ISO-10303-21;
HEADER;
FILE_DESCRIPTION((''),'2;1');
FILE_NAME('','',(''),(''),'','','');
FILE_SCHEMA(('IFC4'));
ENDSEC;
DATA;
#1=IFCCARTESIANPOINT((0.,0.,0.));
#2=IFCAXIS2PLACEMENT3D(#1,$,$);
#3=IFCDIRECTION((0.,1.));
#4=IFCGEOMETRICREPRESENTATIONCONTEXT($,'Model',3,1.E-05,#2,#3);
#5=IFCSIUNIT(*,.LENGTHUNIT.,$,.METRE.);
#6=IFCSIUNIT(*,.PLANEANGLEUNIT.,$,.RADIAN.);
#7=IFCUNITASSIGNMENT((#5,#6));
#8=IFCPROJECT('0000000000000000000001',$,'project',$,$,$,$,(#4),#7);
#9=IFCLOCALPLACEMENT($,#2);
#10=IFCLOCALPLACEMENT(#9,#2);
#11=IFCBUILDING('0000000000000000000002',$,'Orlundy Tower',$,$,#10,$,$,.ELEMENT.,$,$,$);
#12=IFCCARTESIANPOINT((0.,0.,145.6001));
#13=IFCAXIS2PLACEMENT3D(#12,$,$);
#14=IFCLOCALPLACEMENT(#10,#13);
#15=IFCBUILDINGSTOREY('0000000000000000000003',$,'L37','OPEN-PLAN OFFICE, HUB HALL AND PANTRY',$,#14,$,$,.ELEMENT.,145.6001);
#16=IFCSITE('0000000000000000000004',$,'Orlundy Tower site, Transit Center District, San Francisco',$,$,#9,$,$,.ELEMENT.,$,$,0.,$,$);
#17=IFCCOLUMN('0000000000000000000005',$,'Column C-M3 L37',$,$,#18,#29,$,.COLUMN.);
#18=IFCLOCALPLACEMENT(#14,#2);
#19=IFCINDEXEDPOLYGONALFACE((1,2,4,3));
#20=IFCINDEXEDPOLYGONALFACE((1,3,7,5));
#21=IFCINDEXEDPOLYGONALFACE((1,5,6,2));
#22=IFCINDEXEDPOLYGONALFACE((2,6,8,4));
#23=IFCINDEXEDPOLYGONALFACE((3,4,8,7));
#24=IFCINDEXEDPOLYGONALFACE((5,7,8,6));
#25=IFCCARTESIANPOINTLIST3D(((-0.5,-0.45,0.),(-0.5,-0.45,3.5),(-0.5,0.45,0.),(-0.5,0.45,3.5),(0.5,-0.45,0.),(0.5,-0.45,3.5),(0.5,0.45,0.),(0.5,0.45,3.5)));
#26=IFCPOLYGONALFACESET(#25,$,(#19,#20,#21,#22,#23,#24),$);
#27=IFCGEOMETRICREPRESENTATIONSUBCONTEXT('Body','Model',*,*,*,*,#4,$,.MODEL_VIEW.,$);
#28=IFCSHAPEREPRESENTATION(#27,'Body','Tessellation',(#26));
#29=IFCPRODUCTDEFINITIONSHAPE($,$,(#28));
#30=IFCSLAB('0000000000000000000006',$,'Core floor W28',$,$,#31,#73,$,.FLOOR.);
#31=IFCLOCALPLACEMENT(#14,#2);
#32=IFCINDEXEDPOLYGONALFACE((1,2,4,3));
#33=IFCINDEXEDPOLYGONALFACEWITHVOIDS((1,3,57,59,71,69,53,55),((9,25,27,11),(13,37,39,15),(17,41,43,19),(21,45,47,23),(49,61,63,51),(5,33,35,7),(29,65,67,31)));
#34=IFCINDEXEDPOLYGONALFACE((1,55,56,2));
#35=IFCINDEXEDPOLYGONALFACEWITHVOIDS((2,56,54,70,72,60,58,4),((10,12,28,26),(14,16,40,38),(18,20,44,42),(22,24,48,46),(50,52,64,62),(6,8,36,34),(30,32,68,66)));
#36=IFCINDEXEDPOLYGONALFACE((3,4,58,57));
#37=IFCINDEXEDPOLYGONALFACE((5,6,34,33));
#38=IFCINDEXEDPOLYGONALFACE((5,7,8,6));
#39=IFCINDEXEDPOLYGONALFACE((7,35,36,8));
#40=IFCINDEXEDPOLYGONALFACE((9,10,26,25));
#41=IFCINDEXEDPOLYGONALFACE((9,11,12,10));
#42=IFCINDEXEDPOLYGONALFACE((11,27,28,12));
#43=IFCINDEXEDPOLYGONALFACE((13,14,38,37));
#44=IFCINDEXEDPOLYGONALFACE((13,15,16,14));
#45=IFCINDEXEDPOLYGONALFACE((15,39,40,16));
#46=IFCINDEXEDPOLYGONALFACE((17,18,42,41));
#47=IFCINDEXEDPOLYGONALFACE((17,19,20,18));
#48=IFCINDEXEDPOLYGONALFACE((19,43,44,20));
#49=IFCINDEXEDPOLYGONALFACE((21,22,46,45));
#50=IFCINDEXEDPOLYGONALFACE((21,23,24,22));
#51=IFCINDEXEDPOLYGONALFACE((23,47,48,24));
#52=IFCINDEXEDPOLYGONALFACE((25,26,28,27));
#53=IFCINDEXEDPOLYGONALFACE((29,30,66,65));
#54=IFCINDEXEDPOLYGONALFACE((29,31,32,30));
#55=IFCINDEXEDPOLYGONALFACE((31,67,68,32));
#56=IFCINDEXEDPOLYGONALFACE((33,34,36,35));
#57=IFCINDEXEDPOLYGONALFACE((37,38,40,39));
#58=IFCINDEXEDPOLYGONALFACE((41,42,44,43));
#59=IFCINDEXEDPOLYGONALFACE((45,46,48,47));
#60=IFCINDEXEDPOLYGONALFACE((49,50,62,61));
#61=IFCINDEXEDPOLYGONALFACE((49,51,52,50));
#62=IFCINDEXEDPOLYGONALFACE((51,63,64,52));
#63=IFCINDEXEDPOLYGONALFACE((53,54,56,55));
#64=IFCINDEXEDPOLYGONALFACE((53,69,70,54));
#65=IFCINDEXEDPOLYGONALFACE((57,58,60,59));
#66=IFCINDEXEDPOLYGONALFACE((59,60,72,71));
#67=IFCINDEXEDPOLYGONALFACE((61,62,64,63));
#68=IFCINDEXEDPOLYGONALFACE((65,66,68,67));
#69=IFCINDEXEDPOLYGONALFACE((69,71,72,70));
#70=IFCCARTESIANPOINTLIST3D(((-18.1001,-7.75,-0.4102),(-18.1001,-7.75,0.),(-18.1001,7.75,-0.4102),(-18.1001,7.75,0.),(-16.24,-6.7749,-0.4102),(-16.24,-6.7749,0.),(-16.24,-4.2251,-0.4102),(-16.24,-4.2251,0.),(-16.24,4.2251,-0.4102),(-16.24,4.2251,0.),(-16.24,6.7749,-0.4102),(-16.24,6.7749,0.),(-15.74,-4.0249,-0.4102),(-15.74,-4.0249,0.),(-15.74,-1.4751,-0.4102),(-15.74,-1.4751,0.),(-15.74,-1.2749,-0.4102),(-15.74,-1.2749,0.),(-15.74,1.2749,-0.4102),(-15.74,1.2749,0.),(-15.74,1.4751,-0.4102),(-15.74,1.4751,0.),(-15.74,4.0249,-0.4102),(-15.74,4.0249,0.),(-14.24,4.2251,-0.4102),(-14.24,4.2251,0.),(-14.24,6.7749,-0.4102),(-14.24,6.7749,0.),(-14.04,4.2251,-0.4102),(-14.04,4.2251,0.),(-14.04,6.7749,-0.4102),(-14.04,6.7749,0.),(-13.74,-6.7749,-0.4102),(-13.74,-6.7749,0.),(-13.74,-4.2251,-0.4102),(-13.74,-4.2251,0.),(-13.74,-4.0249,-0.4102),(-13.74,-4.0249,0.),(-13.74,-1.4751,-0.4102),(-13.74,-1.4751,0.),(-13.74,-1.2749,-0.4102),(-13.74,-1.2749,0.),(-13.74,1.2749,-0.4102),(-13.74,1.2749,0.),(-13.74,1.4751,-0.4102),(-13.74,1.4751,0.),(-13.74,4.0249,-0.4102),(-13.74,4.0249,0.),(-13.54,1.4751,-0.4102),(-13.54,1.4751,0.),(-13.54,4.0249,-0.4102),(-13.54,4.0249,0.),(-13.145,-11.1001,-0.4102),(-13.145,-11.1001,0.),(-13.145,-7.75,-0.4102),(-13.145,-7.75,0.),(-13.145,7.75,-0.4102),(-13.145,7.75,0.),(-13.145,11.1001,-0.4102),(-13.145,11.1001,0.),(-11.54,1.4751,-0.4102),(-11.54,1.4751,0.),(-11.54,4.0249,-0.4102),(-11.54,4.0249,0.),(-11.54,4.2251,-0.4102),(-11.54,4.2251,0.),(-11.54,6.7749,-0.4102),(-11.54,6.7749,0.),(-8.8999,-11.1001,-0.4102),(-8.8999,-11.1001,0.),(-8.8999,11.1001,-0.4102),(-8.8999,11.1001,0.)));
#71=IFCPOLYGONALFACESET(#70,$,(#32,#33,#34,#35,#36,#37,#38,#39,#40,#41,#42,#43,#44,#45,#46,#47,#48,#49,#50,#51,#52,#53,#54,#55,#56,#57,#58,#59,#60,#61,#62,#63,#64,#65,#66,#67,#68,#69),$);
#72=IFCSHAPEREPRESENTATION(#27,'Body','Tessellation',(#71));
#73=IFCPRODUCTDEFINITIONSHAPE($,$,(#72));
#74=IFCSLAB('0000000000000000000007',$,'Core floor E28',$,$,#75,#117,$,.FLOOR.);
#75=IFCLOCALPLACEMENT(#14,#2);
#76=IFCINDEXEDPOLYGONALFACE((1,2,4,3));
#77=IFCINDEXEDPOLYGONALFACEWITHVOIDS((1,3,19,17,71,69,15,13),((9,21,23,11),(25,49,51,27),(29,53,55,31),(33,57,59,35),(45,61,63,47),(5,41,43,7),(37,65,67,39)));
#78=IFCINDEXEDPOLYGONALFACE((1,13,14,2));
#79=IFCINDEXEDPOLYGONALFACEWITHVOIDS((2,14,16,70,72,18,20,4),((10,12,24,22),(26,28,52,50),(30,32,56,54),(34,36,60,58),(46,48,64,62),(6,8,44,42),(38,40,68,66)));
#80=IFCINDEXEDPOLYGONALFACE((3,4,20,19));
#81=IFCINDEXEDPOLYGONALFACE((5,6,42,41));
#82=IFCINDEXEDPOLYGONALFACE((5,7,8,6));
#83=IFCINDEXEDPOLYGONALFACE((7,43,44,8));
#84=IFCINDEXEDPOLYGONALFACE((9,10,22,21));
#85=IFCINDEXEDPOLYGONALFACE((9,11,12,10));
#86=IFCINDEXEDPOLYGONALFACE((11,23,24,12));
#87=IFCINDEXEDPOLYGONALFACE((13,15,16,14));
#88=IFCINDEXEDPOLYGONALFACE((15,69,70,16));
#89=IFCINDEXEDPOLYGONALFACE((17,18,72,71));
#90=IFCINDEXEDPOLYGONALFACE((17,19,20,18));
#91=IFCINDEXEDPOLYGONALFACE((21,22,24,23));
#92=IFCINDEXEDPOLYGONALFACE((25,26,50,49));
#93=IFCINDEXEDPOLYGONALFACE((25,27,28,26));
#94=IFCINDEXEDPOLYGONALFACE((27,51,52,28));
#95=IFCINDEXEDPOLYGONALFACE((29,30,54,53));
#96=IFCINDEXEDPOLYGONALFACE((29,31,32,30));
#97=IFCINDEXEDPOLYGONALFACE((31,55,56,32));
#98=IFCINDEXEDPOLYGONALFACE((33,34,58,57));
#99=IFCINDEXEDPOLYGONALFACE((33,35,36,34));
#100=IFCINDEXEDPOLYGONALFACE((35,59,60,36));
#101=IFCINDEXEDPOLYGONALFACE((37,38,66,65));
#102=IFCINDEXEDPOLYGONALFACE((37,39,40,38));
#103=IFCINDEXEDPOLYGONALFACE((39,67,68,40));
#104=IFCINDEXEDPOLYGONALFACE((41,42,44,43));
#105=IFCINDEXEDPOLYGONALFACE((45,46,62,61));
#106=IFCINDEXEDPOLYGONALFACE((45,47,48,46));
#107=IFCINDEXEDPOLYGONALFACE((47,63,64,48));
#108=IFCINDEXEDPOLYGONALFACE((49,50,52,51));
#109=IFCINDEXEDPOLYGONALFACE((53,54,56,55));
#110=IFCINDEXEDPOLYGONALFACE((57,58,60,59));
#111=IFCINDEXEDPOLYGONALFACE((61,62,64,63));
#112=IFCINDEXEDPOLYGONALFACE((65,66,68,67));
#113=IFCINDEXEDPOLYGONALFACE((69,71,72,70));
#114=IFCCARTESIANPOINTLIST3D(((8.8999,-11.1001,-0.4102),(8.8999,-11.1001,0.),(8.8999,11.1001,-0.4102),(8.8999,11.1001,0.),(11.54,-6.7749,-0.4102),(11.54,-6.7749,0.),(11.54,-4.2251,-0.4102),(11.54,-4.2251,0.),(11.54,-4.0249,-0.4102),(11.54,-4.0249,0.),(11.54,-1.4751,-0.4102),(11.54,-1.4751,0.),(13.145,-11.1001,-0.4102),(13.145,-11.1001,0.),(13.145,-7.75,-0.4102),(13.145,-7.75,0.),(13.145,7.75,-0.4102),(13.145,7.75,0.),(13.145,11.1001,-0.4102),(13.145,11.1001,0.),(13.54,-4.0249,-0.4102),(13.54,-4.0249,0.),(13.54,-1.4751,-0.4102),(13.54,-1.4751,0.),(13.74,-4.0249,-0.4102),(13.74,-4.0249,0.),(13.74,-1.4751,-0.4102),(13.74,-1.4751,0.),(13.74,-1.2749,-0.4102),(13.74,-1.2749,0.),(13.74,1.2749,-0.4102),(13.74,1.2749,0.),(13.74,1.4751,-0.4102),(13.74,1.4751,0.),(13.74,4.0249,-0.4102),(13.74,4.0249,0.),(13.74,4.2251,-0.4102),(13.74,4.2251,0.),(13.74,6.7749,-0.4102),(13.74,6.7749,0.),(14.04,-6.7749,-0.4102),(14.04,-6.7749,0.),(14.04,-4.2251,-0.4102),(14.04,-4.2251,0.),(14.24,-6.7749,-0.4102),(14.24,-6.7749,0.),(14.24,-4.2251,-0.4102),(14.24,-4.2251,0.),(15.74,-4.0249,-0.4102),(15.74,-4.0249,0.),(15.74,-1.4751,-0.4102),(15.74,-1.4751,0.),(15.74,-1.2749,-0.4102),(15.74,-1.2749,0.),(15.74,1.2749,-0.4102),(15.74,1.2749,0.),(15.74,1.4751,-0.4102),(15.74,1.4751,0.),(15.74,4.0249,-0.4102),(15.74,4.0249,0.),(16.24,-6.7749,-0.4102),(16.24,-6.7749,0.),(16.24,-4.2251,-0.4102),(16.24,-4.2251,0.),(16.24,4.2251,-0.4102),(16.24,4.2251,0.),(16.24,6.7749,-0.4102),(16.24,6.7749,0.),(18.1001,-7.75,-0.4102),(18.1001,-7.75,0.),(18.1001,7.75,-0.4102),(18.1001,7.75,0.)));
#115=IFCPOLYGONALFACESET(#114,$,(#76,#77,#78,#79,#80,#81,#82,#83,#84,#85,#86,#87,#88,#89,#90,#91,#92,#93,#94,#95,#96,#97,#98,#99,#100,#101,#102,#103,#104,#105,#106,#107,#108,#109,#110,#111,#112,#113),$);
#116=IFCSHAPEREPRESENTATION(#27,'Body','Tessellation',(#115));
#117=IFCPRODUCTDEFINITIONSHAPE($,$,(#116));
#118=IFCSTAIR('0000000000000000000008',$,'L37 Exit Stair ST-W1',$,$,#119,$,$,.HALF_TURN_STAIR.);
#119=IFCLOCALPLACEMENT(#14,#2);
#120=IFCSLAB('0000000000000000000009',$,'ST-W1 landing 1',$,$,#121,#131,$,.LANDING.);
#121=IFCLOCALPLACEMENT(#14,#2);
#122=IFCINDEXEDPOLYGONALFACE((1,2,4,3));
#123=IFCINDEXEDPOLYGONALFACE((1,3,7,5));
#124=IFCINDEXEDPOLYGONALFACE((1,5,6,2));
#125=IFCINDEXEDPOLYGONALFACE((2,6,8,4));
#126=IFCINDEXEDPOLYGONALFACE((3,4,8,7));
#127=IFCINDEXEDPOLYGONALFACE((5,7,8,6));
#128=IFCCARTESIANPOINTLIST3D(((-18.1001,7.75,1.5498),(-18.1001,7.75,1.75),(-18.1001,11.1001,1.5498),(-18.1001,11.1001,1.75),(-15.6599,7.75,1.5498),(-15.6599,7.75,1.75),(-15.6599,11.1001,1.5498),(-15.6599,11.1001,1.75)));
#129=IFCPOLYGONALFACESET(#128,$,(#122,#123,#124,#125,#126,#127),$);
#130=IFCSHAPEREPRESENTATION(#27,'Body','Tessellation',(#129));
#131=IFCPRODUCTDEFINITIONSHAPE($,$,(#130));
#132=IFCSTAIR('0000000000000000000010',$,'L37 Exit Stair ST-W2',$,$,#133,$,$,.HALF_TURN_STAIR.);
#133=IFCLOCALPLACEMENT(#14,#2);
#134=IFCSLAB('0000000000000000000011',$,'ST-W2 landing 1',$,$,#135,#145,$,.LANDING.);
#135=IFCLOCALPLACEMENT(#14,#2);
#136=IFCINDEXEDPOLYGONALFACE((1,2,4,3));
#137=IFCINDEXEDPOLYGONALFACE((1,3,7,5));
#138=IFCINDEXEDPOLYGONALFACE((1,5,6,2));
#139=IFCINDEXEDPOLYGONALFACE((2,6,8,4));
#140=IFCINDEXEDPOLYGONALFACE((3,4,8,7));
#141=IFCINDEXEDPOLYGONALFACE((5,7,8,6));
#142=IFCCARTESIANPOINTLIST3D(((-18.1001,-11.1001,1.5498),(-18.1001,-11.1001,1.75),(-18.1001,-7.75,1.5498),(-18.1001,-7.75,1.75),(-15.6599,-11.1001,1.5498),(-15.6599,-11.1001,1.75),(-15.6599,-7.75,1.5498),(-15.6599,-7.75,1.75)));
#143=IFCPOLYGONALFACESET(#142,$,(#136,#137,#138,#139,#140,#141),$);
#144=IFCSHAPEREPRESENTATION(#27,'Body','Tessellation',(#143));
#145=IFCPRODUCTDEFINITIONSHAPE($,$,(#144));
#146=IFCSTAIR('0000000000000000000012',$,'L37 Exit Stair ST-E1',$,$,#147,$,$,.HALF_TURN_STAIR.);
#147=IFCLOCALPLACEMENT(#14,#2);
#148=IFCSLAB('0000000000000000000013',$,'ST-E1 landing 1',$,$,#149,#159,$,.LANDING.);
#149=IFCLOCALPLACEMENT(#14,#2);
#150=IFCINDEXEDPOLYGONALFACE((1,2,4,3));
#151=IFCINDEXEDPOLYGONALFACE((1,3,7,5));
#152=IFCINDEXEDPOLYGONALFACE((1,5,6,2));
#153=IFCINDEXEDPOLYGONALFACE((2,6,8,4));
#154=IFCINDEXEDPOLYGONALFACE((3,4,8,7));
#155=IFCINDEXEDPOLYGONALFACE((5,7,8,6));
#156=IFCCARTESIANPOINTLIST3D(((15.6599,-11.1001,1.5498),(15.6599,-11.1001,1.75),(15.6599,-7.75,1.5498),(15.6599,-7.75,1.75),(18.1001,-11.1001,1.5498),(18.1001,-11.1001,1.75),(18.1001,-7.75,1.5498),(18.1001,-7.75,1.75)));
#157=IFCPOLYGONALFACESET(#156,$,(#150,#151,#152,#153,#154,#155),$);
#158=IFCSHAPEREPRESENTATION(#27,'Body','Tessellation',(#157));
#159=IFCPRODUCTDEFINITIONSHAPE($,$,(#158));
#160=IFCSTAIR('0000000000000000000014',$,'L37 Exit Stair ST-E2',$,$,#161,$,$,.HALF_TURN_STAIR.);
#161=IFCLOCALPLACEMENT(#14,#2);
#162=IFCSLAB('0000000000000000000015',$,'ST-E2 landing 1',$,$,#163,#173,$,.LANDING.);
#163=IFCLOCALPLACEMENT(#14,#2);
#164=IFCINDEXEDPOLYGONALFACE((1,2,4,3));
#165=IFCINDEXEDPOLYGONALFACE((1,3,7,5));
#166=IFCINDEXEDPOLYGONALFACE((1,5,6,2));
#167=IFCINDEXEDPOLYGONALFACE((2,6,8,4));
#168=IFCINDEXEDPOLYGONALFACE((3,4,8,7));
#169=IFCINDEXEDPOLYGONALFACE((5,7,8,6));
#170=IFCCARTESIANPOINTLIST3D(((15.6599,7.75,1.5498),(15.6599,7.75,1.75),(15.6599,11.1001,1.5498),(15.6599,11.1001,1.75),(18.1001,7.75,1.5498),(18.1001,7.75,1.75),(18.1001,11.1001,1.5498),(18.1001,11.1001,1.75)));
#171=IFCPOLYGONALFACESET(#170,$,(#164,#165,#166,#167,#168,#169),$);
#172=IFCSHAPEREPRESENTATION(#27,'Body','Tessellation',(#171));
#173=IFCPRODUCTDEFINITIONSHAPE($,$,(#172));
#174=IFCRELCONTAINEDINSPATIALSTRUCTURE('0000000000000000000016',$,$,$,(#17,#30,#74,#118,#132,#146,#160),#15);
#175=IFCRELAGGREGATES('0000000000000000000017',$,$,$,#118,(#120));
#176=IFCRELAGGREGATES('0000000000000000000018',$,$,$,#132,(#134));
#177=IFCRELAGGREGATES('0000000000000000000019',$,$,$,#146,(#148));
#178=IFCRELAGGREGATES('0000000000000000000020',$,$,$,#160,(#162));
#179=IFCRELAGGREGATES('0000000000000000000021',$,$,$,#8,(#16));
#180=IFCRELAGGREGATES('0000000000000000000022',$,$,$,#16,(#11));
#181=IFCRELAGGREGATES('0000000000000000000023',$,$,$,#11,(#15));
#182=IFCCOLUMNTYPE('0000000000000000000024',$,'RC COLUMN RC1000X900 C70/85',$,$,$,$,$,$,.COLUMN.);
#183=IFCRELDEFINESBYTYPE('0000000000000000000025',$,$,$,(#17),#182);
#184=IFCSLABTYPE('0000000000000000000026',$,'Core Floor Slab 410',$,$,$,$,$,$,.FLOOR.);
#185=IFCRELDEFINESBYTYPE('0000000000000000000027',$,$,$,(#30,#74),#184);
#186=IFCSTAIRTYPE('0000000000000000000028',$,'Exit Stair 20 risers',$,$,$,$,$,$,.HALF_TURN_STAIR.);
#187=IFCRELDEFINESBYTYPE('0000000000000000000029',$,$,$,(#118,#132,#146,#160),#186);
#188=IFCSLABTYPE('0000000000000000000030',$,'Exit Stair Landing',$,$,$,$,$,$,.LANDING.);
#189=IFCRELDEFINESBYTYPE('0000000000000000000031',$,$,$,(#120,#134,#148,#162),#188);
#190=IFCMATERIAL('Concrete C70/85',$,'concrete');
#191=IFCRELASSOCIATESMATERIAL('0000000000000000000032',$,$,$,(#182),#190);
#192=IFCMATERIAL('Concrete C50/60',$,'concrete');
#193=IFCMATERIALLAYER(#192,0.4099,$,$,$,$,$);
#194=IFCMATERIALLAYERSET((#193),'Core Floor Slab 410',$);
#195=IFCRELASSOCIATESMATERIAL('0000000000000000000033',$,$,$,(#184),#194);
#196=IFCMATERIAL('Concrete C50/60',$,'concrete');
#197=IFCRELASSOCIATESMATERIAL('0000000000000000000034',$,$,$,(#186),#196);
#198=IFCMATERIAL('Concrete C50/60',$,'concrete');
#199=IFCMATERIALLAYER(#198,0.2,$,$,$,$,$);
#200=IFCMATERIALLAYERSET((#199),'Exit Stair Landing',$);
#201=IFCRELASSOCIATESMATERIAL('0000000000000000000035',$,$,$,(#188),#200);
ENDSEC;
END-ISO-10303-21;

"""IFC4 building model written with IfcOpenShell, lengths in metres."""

from ifc_helpers import new_model, si_unit, direction, frame, origin, origin_with_axes, origin_2d, place, context, subcontext, project, spatial, polyline, rectangle, outline, extrude, material, layer, layer_set, material_profile, profile_set, type_object, element, aggregate, save


model = new_model("IFC4")

# Units and contexts
model_context = context("Model", 3, precision=1e-05, world=origin(), true_north=direction((0.0, 1.0)))
body_context = subcontext(model_context, "Body", "Model", "MODEL_VIEW")
ifc_project = project(units=[si_unit("LENGTHUNIT", "METRE"), si_unit("PLANEANGLEUNIT", "RADIAN")], contexts=[model_context])

# Site, building, storey
site_placement = place(None, origin())
site = spatial("IfcSite", under=ifc_project, at=site_placement, Name="Orlundy Tower site, Transit Center District, San Francisco", CompositionType="ELEMENT", RefElevation=0.0)
building_placement = place(site_placement, origin())
building = spatial("IfcBuilding", under=site, at=building_placement, Name="Orlundy Tower", CompositionType="ELEMENT")
storey_placement = place(building_placement, frame((0.0, 0.0, 145.6001)))
storey = spatial("IfcBuildingStorey", under=building, at=storey_placement, Name="L37", Description="OPEN-PLAN OFFICE, HUB HALL AND PANTRY", CompositionType="ELEMENT", Elevation=145.6001)

# Column
ifc_material_1 = material(Name="Concrete C70/85", Category="concrete")
ifc_material_profile = material_profile(ifc_material_1, rectangle(XDim=1.0, YDim=0.8999, at=origin_2d()), Name="RC1000X900")
ifc_profile_set = profile_set([ifc_material_profile], Name="Concrete C70/85")
column_type = type_object("IfcColumnType", Name="RC COLUMN RC1000X900 C70/85", PredefinedType="COLUMN", material=ifc_profile_set)
column_placement = place(storey_placement, origin_with_axes())
element("IfcColumn", 1, at=column_placement, inside=storey, type_object=column_type, Name="Column C-M3 L37", PredefinedType="COLUMN", context=body_context, shape_type="SweptSolid", body=[
    extrude(rectangle(XDim=1.0, YDim=0.8999, at=origin_2d()), origin(), (0.0, 0.0, 1.0), 3.5),
])

# Slabs
ifc_material_2 = material(Name="Concrete C50/60", Category="concrete")
ifc_layer_1 = layer(ifc_material_2, 0.4099)
ifc_layer_set_1 = layer_set([ifc_layer_1], Name="Core Floor Slab 410")
slab_type_1 = type_object("IfcSlabType", Name="Core Floor Slab 410", PredefinedType="FLOOR", material=ifc_layer_set_1)
slab_1_placement = place(storey_placement, frame((0.0, 0.0, -0.4102)))
element("IfcSlab", 2, at=slab_1_placement, inside=storey, type_object=slab_type_1, Name="Core floor W28", PredefinedType="FLOOR", context=body_context, shape_type="SweptSolid", body=[
    extrude(outline(polyline([(-13.145, -11.1001), (-13.145, -7.75), (-18.1001, -7.75), (-18.1001, 7.75), (-13.145, 7.75), (-13.145, 11.1001), (-8.8999, 11.1001), (-8.8999, -11.1001), (-13.145, -11.1001)]), holes=[polyline([(-13.74, -4.2251), (-16.24, -4.2251), (-16.24, -6.7749), (-13.74, -6.7749), (-13.74, -4.2251)]), polyline([(-13.74, -4.0249), (-13.74, -1.4751), (-15.74, -1.4751), (-15.74, -4.0249), (-13.74, -4.0249)]), polyline([(-15.74, -1.2749), (-13.74, -1.2749), (-13.74, 1.2749), (-15.74, 1.2749), (-15.74, -1.2749)]), polyline([(-13.54, 4.0249), (-13.54, 1.4751), (-11.54, 1.4751), (-11.54, 4.0249), (-13.54, 4.0249)]), polyline([(-13.74, 4.0249), (-15.74, 4.0249), (-15.74, 1.4751), (-13.74, 1.4751), (-13.74, 4.0249)]), polyline([(-11.54, 4.2251), (-11.54, 6.7749), (-14.04, 6.7749), (-14.04, 4.2251), (-11.54, 4.2251)]), polyline([(-16.24, 4.2251), (-14.24, 4.2251), (-14.24, 6.7749), (-16.24, 6.7749), (-16.24, 4.2251)])]), origin(), (0.0, 0.0, 1.0), 0.4102),
])
slab_2_placement = place(storey_placement, frame((0.0, 0.0, -0.4102)))
element("IfcSlab", 3, at=slab_2_placement, inside=storey, type_object=slab_type_1, Name="Core floor E28", PredefinedType="FLOOR", context=body_context, shape_type="SweptSolid", body=[
    extrude(outline(polyline([(13.145, 11.1001), (13.145, 7.75), (18.1001, 7.75), (18.1001, -7.75), (13.145, -7.75), (13.145, -11.1001), (8.8999, -11.1001), (8.8999, 11.1001), (13.145, 11.1001)]), holes=[polyline([(13.74, 4.2251), (16.24, 4.2251), (16.24, 6.7749), (13.74, 6.7749), (13.74, 4.2251)]), polyline([(13.74, 4.0249), (13.74, 1.4751), (15.74, 1.4751), (15.74, 4.0249), (13.74, 4.0249)]), polyline([(15.74, 1.2749), (13.74, 1.2749), (13.74, -1.2749), (15.74, -1.2749), (15.74, 1.2749)]), polyline([(13.54, -4.0249), (13.54, -1.4751), (11.54, -1.4751), (11.54, -4.0249), (13.54, -4.0249)]), polyline([(13.74, -4.0249), (15.74, -4.0249), (15.74, -1.4751), (13.74, -1.4751), (13.74, -4.0249)]), polyline([(11.54, -4.2251), (11.54, -6.7749), (14.04, -6.7749), (14.04, -4.2251), (11.54, -4.2251)]), polyline([(16.24, -4.2251), (14.24, -4.2251), (14.24, -6.7749), (16.24, -6.7749), (16.24, -4.2251)])]), origin(), (0.0, 0.0, 1.0), 0.4102),
])

# Stairs, slabs
ifc_material_3 = material(Name="Concrete C50/60", Category="concrete")
stair_type = type_object("IfcStairType", Name="Exit Stair 20 risers", PredefinedType="HALF_TURN_STAIR", material=ifc_material_3)
stair_1_placement = place(storey_placement, origin())
stair_1 = element("IfcStair", 4, at=stair_1_placement, inside=storey, type_object=stair_type, Name="L37 Exit Stair ST-W1", PredefinedType="HALF_TURN_STAIR")
ifc_material_4 = material(Name="Concrete C50/60", Category="concrete")
ifc_layer_2 = layer(ifc_material_4, 0.2)
ifc_layer_set_2 = layer_set([ifc_layer_2], Name="Exit Stair Landing")
slab_type_2 = type_object("IfcSlabType", Name="Exit Stair Landing", PredefinedType="LANDING", material=ifc_layer_set_2)
slab_3_placement = place(storey_placement, frame((0.0, 0.0, 1.5498)))
slab_3 = element("IfcSlab", 5, at=slab_3_placement, type_object=slab_type_2, Name="ST-W1 landing 1", PredefinedType="LANDING", context=body_context, shape_type="SweptSolid", body=[
    extrude(outline(polyline([(-15.6599, 11.1001), (-18.1001, 11.1001), (-18.1001, 7.75), (-15.6599, 7.75), (-15.6599, 11.1001)])), origin(), (0.0, 0.0, 1.0), 0.2002),
])
aggregate(stair_1, [slab_3])
stair_2_placement = place(storey_placement, origin())
stair_2 = element("IfcStair", 6, at=stair_2_placement, inside=storey, type_object=stair_type, Name="L37 Exit Stair ST-W2", PredefinedType="HALF_TURN_STAIR")
slab_4_placement = place(storey_placement, frame((0.0, 0.0, 1.5498)))
slab_4 = element("IfcSlab", 7, at=slab_4_placement, type_object=slab_type_2, Name="ST-W2 landing 1", PredefinedType="LANDING", context=body_context, shape_type="SweptSolid", body=[
    extrude(outline(polyline([(-15.6599, -7.75), (-18.1001, -7.75), (-18.1001, -11.1001), (-15.6599, -11.1001), (-15.6599, -7.75)])), origin(), (0.0, 0.0, 1.0), 0.2002),
])
aggregate(stair_2, [slab_4])
stair_3_placement = place(storey_placement, origin())
stair_3 = element("IfcStair", 8, at=stair_3_placement, inside=storey, type_object=stair_type, Name="L37 Exit Stair ST-E1", PredefinedType="HALF_TURN_STAIR")
slab_5_placement = place(storey_placement, frame((0.0, 0.0, 1.5498)))
slab_5 = element("IfcSlab", 9, at=slab_5_placement, type_object=slab_type_2, Name="ST-E1 landing 1", PredefinedType="LANDING", context=body_context, shape_type="SweptSolid", body=[
    extrude(outline(polyline([(15.6599, -11.1001), (18.1001, -11.1001), (18.1001, -7.75), (15.6599, -7.75), (15.6599, -11.1001)])), origin(), (0.0, 0.0, 1.0), 0.2002),
])
aggregate(stair_3, [slab_5])
stair_4_placement = place(storey_placement, origin())
stair_4 = element("IfcStair", 10, at=stair_4_placement, inside=storey, type_object=stair_type, Name="L37 Exit Stair ST-E2", PredefinedType="HALF_TURN_STAIR")
slab_6_placement = place(storey_placement, frame((0.0, 0.0, 1.5498)))
slab_6 = element("IfcSlab", 11, at=slab_6_placement, type_object=slab_type_2, Name="ST-E2 landing 1", PredefinedType="LANDING", context=body_context, shape_type="SweptSolid", body=[
    extrude(outline(polyline([(15.6599, 7.75), (18.1001, 7.75), (18.1001, 11.1001), (15.6599, 11.1001), (15.6599, 7.75)])), origin(), (0.0, 0.0, 1.0), 0.2002),
])
aggregate(stair_4, [slab_6])

save(model, "model.ifc")
